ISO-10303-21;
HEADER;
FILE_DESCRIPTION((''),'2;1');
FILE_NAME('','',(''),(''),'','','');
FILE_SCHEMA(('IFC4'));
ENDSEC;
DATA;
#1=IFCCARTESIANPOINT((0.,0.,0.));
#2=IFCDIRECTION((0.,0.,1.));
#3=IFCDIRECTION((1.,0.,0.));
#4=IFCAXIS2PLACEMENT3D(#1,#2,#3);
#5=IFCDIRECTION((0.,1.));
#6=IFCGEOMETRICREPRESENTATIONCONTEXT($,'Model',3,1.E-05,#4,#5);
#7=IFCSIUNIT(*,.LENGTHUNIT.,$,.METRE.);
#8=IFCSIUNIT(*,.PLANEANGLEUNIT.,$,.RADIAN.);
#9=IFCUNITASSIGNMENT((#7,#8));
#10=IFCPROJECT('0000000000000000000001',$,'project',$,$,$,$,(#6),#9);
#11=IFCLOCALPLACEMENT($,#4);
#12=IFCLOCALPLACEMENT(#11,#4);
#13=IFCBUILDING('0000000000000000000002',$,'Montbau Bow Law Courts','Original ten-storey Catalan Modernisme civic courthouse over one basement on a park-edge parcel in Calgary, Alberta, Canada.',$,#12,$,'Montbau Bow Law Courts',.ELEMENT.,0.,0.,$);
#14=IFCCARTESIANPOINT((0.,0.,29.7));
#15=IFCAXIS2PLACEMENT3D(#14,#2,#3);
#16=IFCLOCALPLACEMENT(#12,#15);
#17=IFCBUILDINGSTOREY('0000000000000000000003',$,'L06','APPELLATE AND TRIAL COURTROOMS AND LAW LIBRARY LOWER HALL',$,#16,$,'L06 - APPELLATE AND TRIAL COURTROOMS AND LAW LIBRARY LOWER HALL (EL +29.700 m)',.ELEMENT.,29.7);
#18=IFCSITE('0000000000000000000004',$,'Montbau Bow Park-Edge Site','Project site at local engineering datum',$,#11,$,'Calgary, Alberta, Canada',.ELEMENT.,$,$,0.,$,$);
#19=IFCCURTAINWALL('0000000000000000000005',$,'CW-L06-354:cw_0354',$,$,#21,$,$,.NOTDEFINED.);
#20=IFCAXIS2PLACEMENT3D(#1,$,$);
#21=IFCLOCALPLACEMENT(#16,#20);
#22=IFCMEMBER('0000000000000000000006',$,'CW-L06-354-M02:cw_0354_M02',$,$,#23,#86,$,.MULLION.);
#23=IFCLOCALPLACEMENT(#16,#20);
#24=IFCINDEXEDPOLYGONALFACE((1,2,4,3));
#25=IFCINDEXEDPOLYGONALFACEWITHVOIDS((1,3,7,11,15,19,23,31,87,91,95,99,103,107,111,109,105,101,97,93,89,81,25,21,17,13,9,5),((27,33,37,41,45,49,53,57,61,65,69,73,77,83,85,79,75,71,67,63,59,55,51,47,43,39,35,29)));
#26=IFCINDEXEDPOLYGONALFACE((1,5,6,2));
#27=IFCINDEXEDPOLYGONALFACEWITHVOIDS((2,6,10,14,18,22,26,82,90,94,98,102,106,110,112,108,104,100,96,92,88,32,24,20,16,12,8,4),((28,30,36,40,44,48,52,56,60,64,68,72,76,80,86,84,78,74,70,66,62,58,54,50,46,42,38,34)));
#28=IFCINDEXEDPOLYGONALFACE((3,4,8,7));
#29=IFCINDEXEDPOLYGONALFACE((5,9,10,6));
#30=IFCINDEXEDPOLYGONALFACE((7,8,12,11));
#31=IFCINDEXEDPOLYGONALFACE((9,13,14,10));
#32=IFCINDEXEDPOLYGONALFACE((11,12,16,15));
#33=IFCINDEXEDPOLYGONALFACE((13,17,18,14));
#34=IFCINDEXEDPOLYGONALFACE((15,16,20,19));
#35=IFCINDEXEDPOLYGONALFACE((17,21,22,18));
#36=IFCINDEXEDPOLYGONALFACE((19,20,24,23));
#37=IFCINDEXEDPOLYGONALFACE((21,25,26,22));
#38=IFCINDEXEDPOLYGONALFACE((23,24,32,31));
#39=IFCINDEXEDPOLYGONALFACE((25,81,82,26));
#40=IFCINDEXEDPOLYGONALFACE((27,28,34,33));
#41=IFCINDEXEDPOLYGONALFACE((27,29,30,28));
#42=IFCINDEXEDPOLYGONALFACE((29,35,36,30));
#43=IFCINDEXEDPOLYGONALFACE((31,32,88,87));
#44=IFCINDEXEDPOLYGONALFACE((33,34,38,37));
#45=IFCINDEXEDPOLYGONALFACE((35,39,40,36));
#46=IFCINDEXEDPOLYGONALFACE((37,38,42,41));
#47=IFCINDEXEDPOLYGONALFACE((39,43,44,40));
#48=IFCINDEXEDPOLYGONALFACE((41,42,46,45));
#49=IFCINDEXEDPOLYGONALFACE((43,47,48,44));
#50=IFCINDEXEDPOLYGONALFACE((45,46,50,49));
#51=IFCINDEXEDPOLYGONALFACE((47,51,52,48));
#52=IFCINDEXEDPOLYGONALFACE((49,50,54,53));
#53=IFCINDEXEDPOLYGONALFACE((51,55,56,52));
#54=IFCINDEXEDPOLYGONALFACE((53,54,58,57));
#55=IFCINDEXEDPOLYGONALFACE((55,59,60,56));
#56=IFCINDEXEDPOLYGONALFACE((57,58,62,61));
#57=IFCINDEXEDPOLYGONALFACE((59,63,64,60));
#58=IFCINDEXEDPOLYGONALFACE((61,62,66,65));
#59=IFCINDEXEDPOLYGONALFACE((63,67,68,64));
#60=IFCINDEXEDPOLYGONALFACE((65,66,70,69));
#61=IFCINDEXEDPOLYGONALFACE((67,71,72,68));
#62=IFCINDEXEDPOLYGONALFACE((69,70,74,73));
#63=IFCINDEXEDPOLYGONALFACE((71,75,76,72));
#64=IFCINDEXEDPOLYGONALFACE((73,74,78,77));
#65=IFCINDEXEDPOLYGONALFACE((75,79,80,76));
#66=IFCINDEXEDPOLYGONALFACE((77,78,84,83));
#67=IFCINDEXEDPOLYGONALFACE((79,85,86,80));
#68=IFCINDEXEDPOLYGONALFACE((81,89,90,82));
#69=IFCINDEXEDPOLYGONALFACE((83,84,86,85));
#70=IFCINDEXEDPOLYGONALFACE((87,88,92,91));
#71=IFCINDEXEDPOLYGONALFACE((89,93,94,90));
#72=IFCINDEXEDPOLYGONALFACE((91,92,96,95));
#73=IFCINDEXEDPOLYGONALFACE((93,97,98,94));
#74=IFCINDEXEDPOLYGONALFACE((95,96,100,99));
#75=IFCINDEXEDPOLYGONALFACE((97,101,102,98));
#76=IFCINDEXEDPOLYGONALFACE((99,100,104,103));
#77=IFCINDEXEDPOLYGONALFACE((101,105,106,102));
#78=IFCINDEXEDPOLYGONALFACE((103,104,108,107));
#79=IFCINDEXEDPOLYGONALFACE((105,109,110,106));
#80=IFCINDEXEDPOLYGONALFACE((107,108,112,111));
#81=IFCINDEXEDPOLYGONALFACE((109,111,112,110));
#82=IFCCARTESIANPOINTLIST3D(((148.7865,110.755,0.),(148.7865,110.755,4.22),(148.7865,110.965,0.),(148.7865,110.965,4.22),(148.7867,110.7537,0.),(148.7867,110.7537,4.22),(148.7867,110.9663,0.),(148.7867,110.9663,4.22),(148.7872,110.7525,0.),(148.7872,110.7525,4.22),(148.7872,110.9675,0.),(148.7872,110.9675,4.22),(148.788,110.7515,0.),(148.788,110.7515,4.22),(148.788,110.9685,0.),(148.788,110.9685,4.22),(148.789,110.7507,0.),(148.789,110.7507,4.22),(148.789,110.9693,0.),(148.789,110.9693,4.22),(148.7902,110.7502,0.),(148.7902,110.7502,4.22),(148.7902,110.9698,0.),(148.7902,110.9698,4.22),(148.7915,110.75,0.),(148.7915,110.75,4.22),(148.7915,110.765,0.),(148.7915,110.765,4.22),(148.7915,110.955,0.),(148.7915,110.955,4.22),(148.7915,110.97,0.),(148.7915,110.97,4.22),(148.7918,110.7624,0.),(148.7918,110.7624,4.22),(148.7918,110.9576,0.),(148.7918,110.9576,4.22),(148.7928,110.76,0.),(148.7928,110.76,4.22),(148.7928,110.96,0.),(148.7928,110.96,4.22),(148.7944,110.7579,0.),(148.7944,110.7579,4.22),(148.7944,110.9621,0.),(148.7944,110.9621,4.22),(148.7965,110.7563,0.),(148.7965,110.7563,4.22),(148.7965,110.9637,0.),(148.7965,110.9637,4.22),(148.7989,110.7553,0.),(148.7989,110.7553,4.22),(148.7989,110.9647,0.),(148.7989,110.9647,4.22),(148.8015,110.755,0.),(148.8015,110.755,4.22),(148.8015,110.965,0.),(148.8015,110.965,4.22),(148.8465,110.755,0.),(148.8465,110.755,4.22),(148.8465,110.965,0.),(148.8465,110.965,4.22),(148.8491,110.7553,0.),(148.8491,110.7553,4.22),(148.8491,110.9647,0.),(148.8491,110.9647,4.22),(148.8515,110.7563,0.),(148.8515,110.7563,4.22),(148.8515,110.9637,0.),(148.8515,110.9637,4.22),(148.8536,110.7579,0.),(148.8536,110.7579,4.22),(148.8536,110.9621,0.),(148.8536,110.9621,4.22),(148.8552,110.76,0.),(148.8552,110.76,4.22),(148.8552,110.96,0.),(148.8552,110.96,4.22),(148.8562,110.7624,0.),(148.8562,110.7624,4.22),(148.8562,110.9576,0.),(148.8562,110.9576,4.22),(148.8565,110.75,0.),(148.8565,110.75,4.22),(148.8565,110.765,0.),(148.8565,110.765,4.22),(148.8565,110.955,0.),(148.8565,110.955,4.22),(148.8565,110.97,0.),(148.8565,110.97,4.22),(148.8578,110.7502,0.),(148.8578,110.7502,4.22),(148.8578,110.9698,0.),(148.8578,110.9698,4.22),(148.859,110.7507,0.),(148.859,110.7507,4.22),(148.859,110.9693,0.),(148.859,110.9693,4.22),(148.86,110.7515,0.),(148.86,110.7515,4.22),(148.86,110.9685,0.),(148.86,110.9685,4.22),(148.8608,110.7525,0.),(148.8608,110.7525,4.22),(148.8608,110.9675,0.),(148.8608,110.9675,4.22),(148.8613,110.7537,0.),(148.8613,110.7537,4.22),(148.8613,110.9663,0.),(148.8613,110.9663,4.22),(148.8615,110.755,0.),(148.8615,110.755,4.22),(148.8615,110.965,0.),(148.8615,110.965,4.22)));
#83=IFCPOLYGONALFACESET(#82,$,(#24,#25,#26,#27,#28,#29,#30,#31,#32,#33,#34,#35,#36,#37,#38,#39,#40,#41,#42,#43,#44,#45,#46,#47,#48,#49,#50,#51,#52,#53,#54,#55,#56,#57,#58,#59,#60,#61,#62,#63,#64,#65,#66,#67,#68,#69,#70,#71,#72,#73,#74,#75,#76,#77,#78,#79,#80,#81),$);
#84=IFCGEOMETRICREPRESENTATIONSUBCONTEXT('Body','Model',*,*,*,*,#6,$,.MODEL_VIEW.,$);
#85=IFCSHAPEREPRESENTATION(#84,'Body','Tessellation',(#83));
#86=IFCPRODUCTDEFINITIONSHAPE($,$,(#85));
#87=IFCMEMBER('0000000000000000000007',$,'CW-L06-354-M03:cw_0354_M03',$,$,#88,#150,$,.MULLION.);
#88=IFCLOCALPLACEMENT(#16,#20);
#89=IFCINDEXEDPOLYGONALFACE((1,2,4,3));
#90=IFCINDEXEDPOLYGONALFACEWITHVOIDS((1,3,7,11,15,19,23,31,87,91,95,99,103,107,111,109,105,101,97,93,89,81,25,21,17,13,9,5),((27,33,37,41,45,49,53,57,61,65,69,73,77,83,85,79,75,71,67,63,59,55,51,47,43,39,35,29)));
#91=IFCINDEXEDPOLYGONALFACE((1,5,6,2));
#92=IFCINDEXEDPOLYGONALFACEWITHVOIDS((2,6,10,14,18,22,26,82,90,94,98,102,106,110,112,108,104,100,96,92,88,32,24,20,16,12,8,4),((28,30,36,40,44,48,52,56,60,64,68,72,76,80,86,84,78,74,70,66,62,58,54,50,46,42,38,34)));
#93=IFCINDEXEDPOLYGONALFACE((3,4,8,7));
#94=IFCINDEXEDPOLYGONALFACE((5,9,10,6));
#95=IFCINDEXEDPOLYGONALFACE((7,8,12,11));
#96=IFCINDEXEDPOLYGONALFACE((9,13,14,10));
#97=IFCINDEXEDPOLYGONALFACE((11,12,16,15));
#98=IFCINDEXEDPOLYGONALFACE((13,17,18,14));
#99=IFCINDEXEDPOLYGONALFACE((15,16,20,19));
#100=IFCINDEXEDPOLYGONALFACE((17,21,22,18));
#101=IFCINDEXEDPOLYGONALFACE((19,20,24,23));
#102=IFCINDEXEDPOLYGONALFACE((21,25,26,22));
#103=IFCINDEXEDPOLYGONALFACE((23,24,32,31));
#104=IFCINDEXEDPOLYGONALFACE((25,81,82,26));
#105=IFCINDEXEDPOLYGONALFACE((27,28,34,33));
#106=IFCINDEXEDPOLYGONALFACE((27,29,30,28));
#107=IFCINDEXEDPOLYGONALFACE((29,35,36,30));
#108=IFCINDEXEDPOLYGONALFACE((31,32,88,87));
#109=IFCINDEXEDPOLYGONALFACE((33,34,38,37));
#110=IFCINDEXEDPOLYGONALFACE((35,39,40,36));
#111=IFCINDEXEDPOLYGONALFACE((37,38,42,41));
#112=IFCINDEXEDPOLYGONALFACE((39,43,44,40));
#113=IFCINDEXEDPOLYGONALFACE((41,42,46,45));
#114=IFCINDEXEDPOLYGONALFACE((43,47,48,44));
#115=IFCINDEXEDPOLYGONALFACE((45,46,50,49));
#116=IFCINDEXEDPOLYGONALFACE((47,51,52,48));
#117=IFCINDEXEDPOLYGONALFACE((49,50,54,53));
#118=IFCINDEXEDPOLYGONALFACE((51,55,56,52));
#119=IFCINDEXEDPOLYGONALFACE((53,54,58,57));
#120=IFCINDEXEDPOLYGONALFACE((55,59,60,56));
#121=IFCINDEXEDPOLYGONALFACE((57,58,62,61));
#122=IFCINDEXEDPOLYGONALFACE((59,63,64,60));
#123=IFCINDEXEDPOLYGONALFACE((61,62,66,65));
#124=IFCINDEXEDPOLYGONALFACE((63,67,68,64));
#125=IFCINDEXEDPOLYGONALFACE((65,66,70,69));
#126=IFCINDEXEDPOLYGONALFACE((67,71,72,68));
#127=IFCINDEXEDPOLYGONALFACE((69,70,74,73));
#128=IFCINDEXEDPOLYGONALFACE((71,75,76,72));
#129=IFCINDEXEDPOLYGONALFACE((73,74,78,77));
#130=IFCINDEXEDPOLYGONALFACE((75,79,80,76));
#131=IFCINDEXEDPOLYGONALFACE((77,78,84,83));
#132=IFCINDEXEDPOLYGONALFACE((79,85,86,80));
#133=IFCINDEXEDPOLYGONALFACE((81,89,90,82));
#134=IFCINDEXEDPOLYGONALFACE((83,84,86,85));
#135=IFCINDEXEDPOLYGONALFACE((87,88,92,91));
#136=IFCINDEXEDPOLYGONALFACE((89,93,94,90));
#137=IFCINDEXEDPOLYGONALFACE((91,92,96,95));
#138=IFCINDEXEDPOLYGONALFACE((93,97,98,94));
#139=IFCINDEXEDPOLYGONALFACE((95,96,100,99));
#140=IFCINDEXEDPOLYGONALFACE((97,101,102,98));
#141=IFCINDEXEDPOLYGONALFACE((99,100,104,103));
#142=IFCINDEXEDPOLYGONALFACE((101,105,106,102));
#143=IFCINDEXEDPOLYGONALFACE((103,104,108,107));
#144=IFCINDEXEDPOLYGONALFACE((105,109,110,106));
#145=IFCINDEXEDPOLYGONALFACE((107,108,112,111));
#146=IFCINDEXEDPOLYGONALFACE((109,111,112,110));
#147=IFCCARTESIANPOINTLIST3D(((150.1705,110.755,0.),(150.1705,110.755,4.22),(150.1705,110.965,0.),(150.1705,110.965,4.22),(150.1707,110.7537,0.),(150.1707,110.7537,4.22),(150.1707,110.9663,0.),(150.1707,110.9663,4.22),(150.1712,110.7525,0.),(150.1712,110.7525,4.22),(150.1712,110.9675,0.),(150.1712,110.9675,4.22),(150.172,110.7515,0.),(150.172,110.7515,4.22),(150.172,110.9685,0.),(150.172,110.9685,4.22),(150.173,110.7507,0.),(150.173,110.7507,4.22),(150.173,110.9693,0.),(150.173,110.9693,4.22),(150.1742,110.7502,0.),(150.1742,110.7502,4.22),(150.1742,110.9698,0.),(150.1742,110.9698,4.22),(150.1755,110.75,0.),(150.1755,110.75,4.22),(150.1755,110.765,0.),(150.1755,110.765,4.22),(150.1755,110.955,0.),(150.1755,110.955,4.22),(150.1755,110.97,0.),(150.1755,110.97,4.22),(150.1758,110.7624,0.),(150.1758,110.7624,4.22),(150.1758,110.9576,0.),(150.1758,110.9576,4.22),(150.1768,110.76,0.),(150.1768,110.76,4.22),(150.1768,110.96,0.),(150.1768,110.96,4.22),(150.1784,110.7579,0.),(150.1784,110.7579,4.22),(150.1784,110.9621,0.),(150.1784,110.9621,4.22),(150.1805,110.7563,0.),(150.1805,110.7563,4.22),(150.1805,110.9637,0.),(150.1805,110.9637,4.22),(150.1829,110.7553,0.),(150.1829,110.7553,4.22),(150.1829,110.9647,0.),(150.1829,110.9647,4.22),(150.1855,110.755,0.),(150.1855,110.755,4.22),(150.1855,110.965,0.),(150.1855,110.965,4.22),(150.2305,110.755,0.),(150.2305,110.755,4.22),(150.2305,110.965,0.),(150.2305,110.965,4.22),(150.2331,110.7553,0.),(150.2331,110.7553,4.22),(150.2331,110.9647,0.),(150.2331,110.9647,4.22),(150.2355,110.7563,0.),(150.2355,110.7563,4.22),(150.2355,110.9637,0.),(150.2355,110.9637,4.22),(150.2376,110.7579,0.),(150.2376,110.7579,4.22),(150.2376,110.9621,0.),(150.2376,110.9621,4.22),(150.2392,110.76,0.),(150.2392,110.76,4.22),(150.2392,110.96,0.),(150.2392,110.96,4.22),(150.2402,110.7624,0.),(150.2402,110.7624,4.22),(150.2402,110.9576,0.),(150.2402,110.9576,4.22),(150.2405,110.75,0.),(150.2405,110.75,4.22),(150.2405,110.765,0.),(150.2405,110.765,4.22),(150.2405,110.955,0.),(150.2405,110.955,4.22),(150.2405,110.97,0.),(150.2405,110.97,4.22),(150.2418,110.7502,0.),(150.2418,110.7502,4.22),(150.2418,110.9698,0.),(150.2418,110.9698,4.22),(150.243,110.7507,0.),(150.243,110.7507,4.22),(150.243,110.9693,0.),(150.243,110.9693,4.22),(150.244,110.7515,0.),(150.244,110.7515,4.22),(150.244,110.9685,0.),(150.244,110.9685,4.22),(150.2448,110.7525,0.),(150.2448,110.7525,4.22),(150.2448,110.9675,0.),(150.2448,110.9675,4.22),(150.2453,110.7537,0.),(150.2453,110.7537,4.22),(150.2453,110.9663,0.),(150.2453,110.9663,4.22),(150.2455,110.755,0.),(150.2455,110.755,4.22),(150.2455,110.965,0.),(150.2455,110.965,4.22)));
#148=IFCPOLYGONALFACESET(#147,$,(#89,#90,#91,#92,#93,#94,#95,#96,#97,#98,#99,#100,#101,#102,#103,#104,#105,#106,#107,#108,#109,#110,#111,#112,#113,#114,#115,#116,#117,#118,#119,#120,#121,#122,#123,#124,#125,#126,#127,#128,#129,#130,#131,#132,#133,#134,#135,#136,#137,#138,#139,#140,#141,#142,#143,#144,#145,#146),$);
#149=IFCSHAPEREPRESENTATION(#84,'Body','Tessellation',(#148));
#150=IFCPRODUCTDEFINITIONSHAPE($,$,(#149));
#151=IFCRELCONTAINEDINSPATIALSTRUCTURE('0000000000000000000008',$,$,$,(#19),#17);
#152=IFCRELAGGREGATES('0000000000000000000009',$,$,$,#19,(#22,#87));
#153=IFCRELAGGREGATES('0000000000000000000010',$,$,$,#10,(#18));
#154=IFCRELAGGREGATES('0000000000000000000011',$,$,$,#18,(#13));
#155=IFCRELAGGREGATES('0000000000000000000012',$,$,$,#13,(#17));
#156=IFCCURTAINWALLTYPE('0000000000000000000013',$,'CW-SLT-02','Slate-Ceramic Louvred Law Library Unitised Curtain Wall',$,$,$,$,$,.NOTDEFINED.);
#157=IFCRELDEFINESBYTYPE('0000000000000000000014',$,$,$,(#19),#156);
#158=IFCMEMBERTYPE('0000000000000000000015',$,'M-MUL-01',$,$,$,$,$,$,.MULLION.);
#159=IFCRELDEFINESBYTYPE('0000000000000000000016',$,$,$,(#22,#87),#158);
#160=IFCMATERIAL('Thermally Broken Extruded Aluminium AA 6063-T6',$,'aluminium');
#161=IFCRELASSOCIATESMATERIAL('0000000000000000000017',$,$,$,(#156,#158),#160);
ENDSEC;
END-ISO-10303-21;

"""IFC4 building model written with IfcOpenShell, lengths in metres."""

from ifc_helpers import new_model, si_unit, direction, frame, origin_with_axes, origin_2d_with_axis, place, context, subcontext, project, spatial, hollow_rectangle, extrude, material, material_profile, profile_set, type_object, element, aggregate, save


model = new_model("IFC4")

# Units and contexts
model_context = context("Model", 3, precision=1e-05, world=origin_with_axes(), true_north=direction((0.0, 1.0)))
body_context = subcontext(model_context, "Body", "Model", "MODEL_VIEW")
ifc_project = project(units=[si_unit("LENGTHUNIT", "METRE"), si_unit("PLANEANGLEUNIT", "RADIAN")], contexts=[model_context])

# Site, building, storey
site_placement = place(None, origin_with_axes())
site = spatial("IfcSite", under=ifc_project, at=site_placement, Name="Montbau Bow Park-Edge Site", Description="Project site at local engineering datum", LongName="Calgary, Alberta, Canada", CompositionType="ELEMENT", RefElevation=0.0)
building_placement = place(site_placement, origin_with_axes())
building = spatial("IfcBuilding", under=site, at=building_placement, Name="Montbau Bow Law Courts", Description="Original ten-storey Catalan Modernisme civic courthouse over one basement on a park-edge parcel in Calgary, Alberta, Canada.", LongName="Montbau Bow Law Courts", CompositionType="ELEMENT", ElevationOfRefHeight=0.0, ElevationOfTerrain=0.0)
storey_placement = place(building_placement, frame((0.0, 0.0, 29.7), z_axis=(0.0, 0.0, 1.0), x_axis=(1.0, 0.0, 0.0)))
storey = spatial("IfcBuildingStorey", under=building, at=storey_placement, Name="L06", Description="APPELLATE AND TRIAL COURTROOMS AND LAW LIBRARY LOWER HALL", LongName="L06 - APPELLATE AND TRIAL COURTROOMS AND LAW LIBRARY LOWER HALL (EL +29.700 m)", CompositionType="ELEMENT", Elevation=29.7)

# Curtain wall, members
ifc_material_1 = material(Name="Thermally Broken Extruded Aluminium AA 6063-T6", Category="aluminium")
curtain_wall_type = type_object("IfcCurtainWallType", Name="CW-SLT-02", Description="Slate-Ceramic Louvred Law Library Unitised Curtain Wall", PredefinedType="NOTDEFINED", material=ifc_material_1)
curtain_wall_placement = place(None, frame((147.44, 110.86, 29.7), z_axis=(0.0, 0.0, 1.0), x_axis=(1.0, 0.0, 0.0)))
curtain_wall = element("IfcCurtainWall", 1, at=curtain_wall_placement, inside=storey, type_object=curtain_wall_type, Name="CW-L06-354:cw_0354", PredefinedType="NOTDEFINED")
ifc_material_profile_1 = material_profile(ifc_material_1, hollow_rectangle(XDim=0.075, YDim=0.22, WallThickness=0.005, InnerFilletRadius=0.01, OuterFilletRadius=0.005, at=origin_2d_with_axis()), Name="CWM-220X75", Category="Main", Priority=0)
ifc_profile_set_1 = profile_set([ifc_material_profile_1], Name="Thermally Broken Extruded Aluminium AA 6063-T6")
member_type_1 = type_object("IfcMemberType", Name="M-MUL-01", PredefinedType="MULLION", material=ifc_profile_set_1)
member_1_placement = place(None, frame((148.824, 110.86, 29.7), z_axis=(0.0, 0.0, 1.0), x_axis=(1.0, 0.0, 0.0)))
member_1 = element("IfcMember", 2, at=member_1_placement, type_object=member_type_1, Name="CW-L06-354-M02:cw_0354_M02", PredefinedType="MULLION", context=body_context, shape_type="SweptSolid", body=[
    extrude(hollow_rectangle(XDim=0.075, YDim=0.22, WallThickness=0.005, InnerFilletRadius=0.01, OuterFilletRadius=0.005, at=origin_2d_with_axis()), origin_with_axes(), (0.0, 0.0, 1.0), 4.22),
])
member_2_placement = place(None, frame((150.208, 110.86, 29.7), z_axis=(0.0, 0.0, 1.0), x_axis=(1.0, 0.0, 0.0)))
member_2 = element("IfcMember", 3, at=member_2_placement, type_object=member_type_1, Name="CW-L06-354-M03:cw_0354_M03", PredefinedType="MULLION", context=body_context, shape_type="SweptSolid", body=[
    extrude(hollow_rectangle(XDim=0.075, YDim=0.22, WallThickness=0.005, InnerFilletRadius=0.01, OuterFilletRadius=0.005, at=origin_2d_with_axis()), origin_with_axes(), (0.0, 0.0, 1.0), 4.22),
])
aggregate(curtain_wall, [member_1, member_2])

save(model, "model.ifc")
